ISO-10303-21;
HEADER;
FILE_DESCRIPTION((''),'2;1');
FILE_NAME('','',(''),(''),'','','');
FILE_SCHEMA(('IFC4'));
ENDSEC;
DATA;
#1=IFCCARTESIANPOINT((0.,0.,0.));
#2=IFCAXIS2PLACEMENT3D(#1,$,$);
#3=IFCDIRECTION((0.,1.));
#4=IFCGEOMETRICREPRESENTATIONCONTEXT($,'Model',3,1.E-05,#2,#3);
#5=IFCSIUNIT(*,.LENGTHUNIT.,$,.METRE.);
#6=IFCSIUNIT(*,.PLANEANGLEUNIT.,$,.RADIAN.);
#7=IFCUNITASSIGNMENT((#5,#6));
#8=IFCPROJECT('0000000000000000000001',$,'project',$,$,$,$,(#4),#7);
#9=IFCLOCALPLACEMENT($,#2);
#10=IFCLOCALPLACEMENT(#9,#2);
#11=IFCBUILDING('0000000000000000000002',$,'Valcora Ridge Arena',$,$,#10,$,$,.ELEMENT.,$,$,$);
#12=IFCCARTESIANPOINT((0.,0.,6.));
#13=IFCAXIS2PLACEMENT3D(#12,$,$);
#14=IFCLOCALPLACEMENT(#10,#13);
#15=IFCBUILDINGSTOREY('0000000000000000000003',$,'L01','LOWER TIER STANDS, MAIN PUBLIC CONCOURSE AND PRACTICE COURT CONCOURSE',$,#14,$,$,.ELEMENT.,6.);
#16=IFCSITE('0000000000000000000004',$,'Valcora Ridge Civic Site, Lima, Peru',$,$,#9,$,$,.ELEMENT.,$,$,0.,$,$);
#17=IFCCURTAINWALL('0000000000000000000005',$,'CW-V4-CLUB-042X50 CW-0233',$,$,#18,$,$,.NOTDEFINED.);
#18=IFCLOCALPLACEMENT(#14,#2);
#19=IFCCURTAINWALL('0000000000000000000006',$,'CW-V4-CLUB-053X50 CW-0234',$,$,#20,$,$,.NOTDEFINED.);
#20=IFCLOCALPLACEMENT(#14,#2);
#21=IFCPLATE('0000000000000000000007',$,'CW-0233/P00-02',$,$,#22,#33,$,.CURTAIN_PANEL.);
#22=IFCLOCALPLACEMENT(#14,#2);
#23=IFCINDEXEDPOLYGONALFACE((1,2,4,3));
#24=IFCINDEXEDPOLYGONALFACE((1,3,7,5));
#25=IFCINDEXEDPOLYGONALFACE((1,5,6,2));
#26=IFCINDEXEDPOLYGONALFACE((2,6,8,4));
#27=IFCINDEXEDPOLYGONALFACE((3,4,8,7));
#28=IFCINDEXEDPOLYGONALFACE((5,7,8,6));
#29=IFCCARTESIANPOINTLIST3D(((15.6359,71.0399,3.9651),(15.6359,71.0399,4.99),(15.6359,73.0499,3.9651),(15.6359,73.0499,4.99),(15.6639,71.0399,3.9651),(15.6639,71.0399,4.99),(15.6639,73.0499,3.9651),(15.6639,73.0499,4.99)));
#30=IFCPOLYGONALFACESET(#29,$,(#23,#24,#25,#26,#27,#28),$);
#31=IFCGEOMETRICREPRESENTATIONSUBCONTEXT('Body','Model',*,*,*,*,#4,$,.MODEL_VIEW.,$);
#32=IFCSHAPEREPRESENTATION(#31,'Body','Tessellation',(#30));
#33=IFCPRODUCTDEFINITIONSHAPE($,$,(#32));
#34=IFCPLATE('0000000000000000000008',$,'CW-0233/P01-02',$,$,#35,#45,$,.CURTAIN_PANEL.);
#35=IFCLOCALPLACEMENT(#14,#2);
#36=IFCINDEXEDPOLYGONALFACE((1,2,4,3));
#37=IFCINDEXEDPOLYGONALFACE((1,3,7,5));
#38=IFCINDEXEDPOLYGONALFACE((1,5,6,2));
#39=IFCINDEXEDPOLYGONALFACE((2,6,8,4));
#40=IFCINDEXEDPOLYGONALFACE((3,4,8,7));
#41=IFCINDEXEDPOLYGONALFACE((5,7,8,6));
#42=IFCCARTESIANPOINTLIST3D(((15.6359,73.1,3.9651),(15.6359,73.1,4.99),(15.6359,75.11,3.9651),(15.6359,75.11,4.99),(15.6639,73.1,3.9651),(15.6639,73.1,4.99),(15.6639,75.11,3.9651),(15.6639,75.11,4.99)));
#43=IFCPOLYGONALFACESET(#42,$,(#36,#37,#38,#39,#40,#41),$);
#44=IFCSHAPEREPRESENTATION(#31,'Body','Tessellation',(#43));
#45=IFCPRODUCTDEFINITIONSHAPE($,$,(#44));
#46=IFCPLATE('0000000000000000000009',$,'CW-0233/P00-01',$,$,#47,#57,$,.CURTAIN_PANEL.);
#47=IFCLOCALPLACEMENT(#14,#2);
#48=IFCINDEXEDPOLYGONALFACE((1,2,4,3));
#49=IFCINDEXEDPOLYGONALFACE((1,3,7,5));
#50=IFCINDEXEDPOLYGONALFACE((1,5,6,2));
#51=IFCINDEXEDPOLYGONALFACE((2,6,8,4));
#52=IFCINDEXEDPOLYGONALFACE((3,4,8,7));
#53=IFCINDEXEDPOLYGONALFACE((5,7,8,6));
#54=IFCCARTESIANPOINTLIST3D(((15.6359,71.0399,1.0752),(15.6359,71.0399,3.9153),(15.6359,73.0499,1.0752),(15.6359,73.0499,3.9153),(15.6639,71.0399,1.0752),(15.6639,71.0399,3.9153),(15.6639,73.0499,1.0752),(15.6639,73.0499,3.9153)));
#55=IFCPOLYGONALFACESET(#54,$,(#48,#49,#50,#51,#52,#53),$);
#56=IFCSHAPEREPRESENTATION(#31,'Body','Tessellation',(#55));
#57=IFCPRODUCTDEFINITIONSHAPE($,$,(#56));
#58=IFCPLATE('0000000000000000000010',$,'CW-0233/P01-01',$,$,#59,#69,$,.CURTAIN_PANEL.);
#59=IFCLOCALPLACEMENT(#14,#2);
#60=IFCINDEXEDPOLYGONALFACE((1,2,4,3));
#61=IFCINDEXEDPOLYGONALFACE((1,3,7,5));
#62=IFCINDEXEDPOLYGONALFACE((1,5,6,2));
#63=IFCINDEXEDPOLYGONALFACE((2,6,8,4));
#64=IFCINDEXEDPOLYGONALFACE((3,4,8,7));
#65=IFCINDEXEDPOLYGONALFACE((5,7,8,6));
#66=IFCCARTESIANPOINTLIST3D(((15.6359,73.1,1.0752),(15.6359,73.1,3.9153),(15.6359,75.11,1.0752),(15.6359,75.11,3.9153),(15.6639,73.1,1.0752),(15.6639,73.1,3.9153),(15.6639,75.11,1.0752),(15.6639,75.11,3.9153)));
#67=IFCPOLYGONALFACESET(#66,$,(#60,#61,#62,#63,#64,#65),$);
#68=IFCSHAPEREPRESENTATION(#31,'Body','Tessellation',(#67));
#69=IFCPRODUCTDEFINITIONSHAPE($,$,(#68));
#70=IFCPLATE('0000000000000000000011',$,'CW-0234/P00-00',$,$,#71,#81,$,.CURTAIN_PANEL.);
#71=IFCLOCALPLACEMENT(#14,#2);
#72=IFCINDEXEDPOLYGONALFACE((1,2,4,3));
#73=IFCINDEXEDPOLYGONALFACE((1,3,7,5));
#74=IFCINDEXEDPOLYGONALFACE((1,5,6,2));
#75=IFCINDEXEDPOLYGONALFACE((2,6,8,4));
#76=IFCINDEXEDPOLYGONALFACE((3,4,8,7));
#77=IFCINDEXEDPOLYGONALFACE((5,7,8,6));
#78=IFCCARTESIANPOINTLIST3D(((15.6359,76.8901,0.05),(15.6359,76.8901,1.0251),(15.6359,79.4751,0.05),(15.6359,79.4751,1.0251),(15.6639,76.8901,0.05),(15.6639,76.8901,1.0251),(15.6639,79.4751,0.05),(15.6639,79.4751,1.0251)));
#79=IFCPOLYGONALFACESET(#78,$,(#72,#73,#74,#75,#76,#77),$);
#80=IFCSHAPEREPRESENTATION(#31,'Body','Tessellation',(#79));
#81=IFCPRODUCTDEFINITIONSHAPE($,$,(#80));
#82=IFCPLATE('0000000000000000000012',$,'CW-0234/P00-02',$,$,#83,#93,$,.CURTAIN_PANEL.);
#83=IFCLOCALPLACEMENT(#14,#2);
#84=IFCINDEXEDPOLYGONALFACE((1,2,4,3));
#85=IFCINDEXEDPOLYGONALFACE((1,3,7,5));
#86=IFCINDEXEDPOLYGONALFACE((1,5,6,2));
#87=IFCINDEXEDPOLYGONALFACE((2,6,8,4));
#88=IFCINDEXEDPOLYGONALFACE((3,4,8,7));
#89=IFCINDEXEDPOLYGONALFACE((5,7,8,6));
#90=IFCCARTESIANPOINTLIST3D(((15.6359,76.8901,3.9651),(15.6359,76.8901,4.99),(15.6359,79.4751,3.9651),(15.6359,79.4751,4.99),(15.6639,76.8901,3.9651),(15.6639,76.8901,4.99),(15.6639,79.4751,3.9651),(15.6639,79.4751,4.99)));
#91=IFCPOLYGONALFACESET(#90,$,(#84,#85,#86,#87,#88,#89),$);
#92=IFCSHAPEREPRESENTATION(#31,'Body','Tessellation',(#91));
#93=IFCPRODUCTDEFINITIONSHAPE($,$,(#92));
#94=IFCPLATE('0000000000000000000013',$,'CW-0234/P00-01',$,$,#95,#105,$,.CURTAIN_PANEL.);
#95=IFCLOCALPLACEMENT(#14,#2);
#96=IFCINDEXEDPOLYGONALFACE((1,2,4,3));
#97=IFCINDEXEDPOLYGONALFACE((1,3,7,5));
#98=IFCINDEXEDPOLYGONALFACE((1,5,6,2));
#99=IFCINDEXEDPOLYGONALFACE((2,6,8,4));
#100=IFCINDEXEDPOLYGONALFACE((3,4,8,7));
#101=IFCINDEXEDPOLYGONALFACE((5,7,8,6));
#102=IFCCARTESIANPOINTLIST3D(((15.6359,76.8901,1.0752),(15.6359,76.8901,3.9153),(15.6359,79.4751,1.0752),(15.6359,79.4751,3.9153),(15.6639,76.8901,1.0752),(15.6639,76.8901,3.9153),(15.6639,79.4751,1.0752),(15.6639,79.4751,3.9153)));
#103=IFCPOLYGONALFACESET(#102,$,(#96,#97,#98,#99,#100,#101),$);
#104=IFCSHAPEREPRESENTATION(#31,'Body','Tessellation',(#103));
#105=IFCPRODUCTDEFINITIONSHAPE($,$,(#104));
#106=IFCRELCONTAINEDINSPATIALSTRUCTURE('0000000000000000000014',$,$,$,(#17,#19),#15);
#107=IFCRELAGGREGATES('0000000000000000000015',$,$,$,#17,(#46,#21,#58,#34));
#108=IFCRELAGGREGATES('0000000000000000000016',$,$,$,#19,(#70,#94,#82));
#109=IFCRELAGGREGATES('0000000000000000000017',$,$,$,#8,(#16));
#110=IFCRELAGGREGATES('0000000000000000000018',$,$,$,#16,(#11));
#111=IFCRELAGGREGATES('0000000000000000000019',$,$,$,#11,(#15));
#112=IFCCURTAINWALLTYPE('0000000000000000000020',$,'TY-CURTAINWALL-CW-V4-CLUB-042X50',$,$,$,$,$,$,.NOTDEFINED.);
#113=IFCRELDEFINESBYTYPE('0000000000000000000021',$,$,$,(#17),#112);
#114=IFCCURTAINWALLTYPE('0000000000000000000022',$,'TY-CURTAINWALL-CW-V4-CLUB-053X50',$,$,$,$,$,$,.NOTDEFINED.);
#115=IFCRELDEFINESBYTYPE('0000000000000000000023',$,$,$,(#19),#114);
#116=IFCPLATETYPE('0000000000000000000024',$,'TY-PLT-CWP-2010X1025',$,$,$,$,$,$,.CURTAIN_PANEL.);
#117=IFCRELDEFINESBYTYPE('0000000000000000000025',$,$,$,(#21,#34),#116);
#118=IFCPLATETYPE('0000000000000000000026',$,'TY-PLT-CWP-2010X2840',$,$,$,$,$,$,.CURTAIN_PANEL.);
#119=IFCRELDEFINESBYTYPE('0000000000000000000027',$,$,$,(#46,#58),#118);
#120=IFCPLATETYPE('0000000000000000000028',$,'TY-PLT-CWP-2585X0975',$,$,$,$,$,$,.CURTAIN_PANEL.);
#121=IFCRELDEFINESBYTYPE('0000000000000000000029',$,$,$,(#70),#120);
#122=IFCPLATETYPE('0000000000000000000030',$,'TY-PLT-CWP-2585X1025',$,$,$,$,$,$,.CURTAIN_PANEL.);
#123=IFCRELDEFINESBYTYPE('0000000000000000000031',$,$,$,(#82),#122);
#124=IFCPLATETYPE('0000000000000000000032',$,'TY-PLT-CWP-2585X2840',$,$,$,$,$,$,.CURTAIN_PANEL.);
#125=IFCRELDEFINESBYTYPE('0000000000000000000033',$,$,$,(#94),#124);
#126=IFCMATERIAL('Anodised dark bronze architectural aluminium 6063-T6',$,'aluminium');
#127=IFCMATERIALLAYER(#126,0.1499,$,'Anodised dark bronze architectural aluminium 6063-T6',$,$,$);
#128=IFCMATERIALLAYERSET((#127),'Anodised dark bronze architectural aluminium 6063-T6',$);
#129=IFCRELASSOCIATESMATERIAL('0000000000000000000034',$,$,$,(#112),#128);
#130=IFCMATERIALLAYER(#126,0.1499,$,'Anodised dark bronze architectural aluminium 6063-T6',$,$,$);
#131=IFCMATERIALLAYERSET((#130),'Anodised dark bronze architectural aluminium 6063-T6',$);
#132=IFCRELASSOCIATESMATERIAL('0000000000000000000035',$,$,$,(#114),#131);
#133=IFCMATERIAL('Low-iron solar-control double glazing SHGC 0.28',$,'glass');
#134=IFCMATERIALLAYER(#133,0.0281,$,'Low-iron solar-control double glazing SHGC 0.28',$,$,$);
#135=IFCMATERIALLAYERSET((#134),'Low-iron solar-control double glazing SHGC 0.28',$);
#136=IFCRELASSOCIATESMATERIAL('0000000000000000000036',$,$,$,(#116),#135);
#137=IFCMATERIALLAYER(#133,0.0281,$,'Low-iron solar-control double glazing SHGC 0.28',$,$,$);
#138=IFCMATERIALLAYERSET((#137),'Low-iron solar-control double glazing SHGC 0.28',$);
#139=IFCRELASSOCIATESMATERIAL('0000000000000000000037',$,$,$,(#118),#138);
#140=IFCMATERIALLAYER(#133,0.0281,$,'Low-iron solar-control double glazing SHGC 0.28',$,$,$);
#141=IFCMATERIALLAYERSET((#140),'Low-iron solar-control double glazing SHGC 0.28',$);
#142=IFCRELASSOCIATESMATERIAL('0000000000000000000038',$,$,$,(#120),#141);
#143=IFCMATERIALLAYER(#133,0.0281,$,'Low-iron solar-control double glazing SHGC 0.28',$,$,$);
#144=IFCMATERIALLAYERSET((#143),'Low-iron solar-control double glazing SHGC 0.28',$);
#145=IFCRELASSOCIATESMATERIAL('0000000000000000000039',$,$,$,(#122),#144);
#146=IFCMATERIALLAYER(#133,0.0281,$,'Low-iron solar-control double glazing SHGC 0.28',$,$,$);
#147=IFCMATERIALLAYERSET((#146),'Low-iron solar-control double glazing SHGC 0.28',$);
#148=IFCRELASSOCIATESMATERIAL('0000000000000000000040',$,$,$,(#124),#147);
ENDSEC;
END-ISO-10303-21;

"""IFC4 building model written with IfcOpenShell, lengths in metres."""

from ifc_helpers import new_model, si_unit, direction, frame, origin, origin_2d, place, context, subcontext, project, spatial, rectangle, extrude, material, layer, layer_set, type_object, element, aggregate, save


model = new_model("IFC4")

# Units and contexts
model_context = context("Model", 3, precision=1e-05, world=origin(), true_north=direction((0.0, 1.0)))
body_context = subcontext(model_context, "Body", "Model", "MODEL_VIEW")
ifc_project = project(units=[si_unit("LENGTHUNIT", "METRE"), si_unit("PLANEANGLEUNIT", "RADIAN")], contexts=[model_context])

# Site, building, storey
site_placement = place(None, origin())
site = spatial("IfcSite", under=ifc_project, at=site_placement, Name="Valcora Ridge Civic Site, Lima, Peru", CompositionType="ELEMENT", RefElevation=0.0)
building_placement = place(site_placement, origin())
building = spatial("IfcBuilding", under=site, at=building_placement, Name="Valcora Ridge Arena", CompositionType="ELEMENT")
storey_placement = place(building_placement, frame((0.0, 0.0, 6.0)))
storey = spatial("IfcBuildingStorey", under=building, at=storey_placement, Name="L01", Description="LOWER TIER STANDS, MAIN PUBLIC CONCOURSE AND PRACTICE COURT CONCOURSE", CompositionType="ELEMENT", Elevation=6.0)

# Curtain wall
ifc_material_1 = material(Name="Anodised dark bronze architectural aluminium 6063-T6", Category="aluminium")
ifc_layer_1 = layer(ifc_material_1, 0.1499, Name="Anodised dark bronze architectural aluminium 6063-T6")
ifc_layer_set_1 = layer_set([ifc_layer_1], Name="Anodised dark bronze architectural aluminium 6063-T6")
curtain_wall_type_1 = type_object("IfcCurtainWallType", Name="TY-CURTAINWALL-CW-V4-CLUB-042X50", PredefinedType="NOTDEFINED", material=ifc_layer_set_1)
curtain_wall_1_placement = place(storey_placement, origin())
curtain_wall_1 = element("IfcCurtainWall", 1, at=curtain_wall_1_placement, inside=storey, type_object=curtain_wall_type_1, Name="CW-V4-CLUB-042X50 CW-0233", PredefinedType="NOTDEFINED")

# Curtain wall
ifc_layer_2 = layer(ifc_material_1, 0.1499, Name="Anodised dark bronze architectural aluminium 6063-T6")
ifc_layer_set_2 = layer_set([ifc_layer_2], Name="Anodised dark bronze architectural aluminium 6063-T6")
curtain_wall_type_2 = type_object("IfcCurtainWallType", Name="TY-CURTAINWALL-CW-V4-CLUB-053X50", PredefinedType="NOTDEFINED", material=ifc_layer_set_2)
curtain_wall_2_placement = place(storey_placement, origin())
curtain_wall_2 = element("IfcCurtainWall", 2, at=curtain_wall_2_placement, inside=storey, type_object=curtain_wall_type_2, Name="CW-V4-CLUB-053X50 CW-0234", PredefinedType="NOTDEFINED")

# Plates
ifc_material_2 = material(Name="Low-iron solar-control double glazing SHGC 0.28", Category="glass")
ifc_layer_3 = layer(ifc_material_2, 0.0281, Name="Low-iron solar-control double glazing SHGC 0.28")
ifc_layer_set_3 = layer_set([ifc_layer_3], Name="Low-iron solar-control double glazing SHGC 0.28")
plate_type_1 = type_object("IfcPlateType", Name="TY-PLT-CWP-2010X1025", PredefinedType="CURTAIN_PANEL", material=ifc_layer_set_3)
plate_1_placement = place(storey_placement, frame((15.6499, 72.0449, 3.9651), z_axis=(0.0, 0.0, 1.0), x_axis=(0.0, 1.0, 0.0)))
plate_1 = element("IfcPlate", 3, at=plate_1_placement, type_object=plate_type_1, Name="CW-0233/P00-02", PredefinedType="CURTAIN_PANEL", context=body_context, shape_type="SweptSolid", body=[
    extrude(rectangle(XDim=2.01, YDim=0.0281, at=origin_2d()), origin(), (0.0, 0.0, 1.0), 1.0249),
])
plate_2_placement = place(storey_placement, frame((15.6499, 74.105, 3.9651), z_axis=(0.0, 0.0, 1.0), x_axis=(0.0, 1.0, 0.0)))
plate_2 = element("IfcPlate", 4, at=plate_2_placement, type_object=plate_type_1, Name="CW-0233/P01-02", PredefinedType="CURTAIN_PANEL", context=body_context, shape_type="SweptSolid", body=[
    extrude(rectangle(XDim=2.01, YDim=0.0281, at=origin_2d()), origin(), (0.0, 0.0, 1.0), 1.0249),
])
ifc_layer_4 = layer(ifc_material_2, 0.0281, Name="Low-iron solar-control double glazing SHGC 0.28")
ifc_layer_set_4 = layer_set([ifc_layer_4], Name="Low-iron solar-control double glazing SHGC 0.28")
plate_type_2 = type_object("IfcPlateType", Name="TY-PLT-CWP-2010X2840", PredefinedType="CURTAIN_PANEL", material=ifc_layer_set_4)
plate_3_placement = place(storey_placement, frame((15.6499, 72.0449, 1.0752), z_axis=(0.0, 0.0, 1.0), x_axis=(0.0, 1.0, 0.0)))
plate_3 = element("IfcPlate", 5, at=plate_3_placement, type_object=plate_type_2, Name="CW-0233/P00-01", PredefinedType="CURTAIN_PANEL", context=body_context, shape_type="SweptSolid", body=[
    extrude(rectangle(XDim=2.01, YDim=0.0281, at=origin_2d()), origin(), (0.0, 0.0, 1.0), 2.8401),
])
plate_4_placement = place(storey_placement, frame((15.6499, 74.105, 1.0752), z_axis=(0.0, 0.0, 1.0), x_axis=(0.0, 1.0, 0.0)))
plate_4 = element("IfcPlate", 6, at=plate_4_placement, type_object=plate_type_2, Name="CW-0233/P01-01", PredefinedType="CURTAIN_PANEL", context=body_context, shape_type="SweptSolid", body=[
    extrude(rectangle(XDim=2.01, YDim=0.0281, at=origin_2d()), origin(), (0.0, 0.0, 1.0), 2.8401),
])
aggregate(curtain_wall_1, [plate_3, plate_1, plate_4, plate_2])
ifc_layer_5 = layer(ifc_material_2, 0.0281, Name="Low-iron solar-control double glazing SHGC 0.28")
ifc_layer_set_5 = layer_set([ifc_layer_5], Name="Low-iron solar-control double glazing SHGC 0.28")
plate_type_3 = type_object("IfcPlateType", Name="TY-PLT-CWP-2585X0975", PredefinedType="CURTAIN_PANEL", material=ifc_layer_set_5)
plate_5_placement = place(storey_placement, frame((15.6499, 78.1826, 0.05), z_axis=(0.0, 0.0, 1.0), x_axis=(0.0, 1.0, 0.0)))
plate_5 = element("IfcPlate", 7, at=plate_5_placement, type_object=plate_type_3, Name="CW-0234/P00-00", PredefinedType="CURTAIN_PANEL", context=body_context, shape_type="SweptSolid", body=[
    extrude(rectangle(XDim=2.585, YDim=0.0281, at=origin_2d()), origin(), (0.0, 0.0, 1.0), 0.9751),
])
ifc_layer_6 = layer(ifc_material_2, 0.0281, Name="Low-iron solar-control double glazing SHGC 0.28")
ifc_layer_set_6 = layer_set([ifc_layer_6], Name="Low-iron solar-control double glazing SHGC 0.28")
plate_type_4 = type_object("IfcPlateType", Name="TY-PLT-CWP-2585X1025", PredefinedType="CURTAIN_PANEL", material=ifc_layer_set_6)
plate_6_placement = place(storey_placement, frame((15.6499, 78.1826, 3.9651), z_axis=(0.0, 0.0, 1.0), x_axis=(0.0, 1.0, 0.0)))
plate_6 = element("IfcPlate", 8, at=plate_6_placement, type_object=plate_type_4, Name="CW-0234/P00-02", PredefinedType="CURTAIN_PANEL", context=body_context, shape_type="SweptSolid", body=[
    extrude(rectangle(XDim=2.585, YDim=0.0281, at=origin_2d()), origin(), (0.0, 0.0, 1.0), 1.0249),
])
ifc_layer_7 = layer(ifc_material_2, 0.0281, Name="Low-iron solar-control double glazing SHGC 0.28")
ifc_layer_set_7 = layer_set([ifc_layer_7], Name="Low-iron solar-control double glazing SHGC 0.28")
plate_type_5 = type_object("IfcPlateType", Name="TY-PLT-CWP-2585X2840", PredefinedType="CURTAIN_PANEL", material=ifc_layer_set_7)
plate_7_placement = place(storey_placement, frame((15.6499, 78.1826, 1.0752), z_axis=(0.0, 0.0, 1.0), x_axis=(0.0, 1.0, 0.0)))
plate_7 = element("IfcPlate", 9, at=plate_7_placement, type_object=plate_type_5, Name="CW-0234/P00-01", PredefinedType="CURTAIN_PANEL", context=body_context, shape_type="SweptSolid", body=[
    extrude(rectangle(XDim=2.585, YDim=0.0281, at=origin_2d()), origin(), (0.0, 0.0, 1.0), 2.8401),
])
aggregate(curtain_wall_2, [plate_5, plate_7, plate_6])

save(model, "model.ifc")
